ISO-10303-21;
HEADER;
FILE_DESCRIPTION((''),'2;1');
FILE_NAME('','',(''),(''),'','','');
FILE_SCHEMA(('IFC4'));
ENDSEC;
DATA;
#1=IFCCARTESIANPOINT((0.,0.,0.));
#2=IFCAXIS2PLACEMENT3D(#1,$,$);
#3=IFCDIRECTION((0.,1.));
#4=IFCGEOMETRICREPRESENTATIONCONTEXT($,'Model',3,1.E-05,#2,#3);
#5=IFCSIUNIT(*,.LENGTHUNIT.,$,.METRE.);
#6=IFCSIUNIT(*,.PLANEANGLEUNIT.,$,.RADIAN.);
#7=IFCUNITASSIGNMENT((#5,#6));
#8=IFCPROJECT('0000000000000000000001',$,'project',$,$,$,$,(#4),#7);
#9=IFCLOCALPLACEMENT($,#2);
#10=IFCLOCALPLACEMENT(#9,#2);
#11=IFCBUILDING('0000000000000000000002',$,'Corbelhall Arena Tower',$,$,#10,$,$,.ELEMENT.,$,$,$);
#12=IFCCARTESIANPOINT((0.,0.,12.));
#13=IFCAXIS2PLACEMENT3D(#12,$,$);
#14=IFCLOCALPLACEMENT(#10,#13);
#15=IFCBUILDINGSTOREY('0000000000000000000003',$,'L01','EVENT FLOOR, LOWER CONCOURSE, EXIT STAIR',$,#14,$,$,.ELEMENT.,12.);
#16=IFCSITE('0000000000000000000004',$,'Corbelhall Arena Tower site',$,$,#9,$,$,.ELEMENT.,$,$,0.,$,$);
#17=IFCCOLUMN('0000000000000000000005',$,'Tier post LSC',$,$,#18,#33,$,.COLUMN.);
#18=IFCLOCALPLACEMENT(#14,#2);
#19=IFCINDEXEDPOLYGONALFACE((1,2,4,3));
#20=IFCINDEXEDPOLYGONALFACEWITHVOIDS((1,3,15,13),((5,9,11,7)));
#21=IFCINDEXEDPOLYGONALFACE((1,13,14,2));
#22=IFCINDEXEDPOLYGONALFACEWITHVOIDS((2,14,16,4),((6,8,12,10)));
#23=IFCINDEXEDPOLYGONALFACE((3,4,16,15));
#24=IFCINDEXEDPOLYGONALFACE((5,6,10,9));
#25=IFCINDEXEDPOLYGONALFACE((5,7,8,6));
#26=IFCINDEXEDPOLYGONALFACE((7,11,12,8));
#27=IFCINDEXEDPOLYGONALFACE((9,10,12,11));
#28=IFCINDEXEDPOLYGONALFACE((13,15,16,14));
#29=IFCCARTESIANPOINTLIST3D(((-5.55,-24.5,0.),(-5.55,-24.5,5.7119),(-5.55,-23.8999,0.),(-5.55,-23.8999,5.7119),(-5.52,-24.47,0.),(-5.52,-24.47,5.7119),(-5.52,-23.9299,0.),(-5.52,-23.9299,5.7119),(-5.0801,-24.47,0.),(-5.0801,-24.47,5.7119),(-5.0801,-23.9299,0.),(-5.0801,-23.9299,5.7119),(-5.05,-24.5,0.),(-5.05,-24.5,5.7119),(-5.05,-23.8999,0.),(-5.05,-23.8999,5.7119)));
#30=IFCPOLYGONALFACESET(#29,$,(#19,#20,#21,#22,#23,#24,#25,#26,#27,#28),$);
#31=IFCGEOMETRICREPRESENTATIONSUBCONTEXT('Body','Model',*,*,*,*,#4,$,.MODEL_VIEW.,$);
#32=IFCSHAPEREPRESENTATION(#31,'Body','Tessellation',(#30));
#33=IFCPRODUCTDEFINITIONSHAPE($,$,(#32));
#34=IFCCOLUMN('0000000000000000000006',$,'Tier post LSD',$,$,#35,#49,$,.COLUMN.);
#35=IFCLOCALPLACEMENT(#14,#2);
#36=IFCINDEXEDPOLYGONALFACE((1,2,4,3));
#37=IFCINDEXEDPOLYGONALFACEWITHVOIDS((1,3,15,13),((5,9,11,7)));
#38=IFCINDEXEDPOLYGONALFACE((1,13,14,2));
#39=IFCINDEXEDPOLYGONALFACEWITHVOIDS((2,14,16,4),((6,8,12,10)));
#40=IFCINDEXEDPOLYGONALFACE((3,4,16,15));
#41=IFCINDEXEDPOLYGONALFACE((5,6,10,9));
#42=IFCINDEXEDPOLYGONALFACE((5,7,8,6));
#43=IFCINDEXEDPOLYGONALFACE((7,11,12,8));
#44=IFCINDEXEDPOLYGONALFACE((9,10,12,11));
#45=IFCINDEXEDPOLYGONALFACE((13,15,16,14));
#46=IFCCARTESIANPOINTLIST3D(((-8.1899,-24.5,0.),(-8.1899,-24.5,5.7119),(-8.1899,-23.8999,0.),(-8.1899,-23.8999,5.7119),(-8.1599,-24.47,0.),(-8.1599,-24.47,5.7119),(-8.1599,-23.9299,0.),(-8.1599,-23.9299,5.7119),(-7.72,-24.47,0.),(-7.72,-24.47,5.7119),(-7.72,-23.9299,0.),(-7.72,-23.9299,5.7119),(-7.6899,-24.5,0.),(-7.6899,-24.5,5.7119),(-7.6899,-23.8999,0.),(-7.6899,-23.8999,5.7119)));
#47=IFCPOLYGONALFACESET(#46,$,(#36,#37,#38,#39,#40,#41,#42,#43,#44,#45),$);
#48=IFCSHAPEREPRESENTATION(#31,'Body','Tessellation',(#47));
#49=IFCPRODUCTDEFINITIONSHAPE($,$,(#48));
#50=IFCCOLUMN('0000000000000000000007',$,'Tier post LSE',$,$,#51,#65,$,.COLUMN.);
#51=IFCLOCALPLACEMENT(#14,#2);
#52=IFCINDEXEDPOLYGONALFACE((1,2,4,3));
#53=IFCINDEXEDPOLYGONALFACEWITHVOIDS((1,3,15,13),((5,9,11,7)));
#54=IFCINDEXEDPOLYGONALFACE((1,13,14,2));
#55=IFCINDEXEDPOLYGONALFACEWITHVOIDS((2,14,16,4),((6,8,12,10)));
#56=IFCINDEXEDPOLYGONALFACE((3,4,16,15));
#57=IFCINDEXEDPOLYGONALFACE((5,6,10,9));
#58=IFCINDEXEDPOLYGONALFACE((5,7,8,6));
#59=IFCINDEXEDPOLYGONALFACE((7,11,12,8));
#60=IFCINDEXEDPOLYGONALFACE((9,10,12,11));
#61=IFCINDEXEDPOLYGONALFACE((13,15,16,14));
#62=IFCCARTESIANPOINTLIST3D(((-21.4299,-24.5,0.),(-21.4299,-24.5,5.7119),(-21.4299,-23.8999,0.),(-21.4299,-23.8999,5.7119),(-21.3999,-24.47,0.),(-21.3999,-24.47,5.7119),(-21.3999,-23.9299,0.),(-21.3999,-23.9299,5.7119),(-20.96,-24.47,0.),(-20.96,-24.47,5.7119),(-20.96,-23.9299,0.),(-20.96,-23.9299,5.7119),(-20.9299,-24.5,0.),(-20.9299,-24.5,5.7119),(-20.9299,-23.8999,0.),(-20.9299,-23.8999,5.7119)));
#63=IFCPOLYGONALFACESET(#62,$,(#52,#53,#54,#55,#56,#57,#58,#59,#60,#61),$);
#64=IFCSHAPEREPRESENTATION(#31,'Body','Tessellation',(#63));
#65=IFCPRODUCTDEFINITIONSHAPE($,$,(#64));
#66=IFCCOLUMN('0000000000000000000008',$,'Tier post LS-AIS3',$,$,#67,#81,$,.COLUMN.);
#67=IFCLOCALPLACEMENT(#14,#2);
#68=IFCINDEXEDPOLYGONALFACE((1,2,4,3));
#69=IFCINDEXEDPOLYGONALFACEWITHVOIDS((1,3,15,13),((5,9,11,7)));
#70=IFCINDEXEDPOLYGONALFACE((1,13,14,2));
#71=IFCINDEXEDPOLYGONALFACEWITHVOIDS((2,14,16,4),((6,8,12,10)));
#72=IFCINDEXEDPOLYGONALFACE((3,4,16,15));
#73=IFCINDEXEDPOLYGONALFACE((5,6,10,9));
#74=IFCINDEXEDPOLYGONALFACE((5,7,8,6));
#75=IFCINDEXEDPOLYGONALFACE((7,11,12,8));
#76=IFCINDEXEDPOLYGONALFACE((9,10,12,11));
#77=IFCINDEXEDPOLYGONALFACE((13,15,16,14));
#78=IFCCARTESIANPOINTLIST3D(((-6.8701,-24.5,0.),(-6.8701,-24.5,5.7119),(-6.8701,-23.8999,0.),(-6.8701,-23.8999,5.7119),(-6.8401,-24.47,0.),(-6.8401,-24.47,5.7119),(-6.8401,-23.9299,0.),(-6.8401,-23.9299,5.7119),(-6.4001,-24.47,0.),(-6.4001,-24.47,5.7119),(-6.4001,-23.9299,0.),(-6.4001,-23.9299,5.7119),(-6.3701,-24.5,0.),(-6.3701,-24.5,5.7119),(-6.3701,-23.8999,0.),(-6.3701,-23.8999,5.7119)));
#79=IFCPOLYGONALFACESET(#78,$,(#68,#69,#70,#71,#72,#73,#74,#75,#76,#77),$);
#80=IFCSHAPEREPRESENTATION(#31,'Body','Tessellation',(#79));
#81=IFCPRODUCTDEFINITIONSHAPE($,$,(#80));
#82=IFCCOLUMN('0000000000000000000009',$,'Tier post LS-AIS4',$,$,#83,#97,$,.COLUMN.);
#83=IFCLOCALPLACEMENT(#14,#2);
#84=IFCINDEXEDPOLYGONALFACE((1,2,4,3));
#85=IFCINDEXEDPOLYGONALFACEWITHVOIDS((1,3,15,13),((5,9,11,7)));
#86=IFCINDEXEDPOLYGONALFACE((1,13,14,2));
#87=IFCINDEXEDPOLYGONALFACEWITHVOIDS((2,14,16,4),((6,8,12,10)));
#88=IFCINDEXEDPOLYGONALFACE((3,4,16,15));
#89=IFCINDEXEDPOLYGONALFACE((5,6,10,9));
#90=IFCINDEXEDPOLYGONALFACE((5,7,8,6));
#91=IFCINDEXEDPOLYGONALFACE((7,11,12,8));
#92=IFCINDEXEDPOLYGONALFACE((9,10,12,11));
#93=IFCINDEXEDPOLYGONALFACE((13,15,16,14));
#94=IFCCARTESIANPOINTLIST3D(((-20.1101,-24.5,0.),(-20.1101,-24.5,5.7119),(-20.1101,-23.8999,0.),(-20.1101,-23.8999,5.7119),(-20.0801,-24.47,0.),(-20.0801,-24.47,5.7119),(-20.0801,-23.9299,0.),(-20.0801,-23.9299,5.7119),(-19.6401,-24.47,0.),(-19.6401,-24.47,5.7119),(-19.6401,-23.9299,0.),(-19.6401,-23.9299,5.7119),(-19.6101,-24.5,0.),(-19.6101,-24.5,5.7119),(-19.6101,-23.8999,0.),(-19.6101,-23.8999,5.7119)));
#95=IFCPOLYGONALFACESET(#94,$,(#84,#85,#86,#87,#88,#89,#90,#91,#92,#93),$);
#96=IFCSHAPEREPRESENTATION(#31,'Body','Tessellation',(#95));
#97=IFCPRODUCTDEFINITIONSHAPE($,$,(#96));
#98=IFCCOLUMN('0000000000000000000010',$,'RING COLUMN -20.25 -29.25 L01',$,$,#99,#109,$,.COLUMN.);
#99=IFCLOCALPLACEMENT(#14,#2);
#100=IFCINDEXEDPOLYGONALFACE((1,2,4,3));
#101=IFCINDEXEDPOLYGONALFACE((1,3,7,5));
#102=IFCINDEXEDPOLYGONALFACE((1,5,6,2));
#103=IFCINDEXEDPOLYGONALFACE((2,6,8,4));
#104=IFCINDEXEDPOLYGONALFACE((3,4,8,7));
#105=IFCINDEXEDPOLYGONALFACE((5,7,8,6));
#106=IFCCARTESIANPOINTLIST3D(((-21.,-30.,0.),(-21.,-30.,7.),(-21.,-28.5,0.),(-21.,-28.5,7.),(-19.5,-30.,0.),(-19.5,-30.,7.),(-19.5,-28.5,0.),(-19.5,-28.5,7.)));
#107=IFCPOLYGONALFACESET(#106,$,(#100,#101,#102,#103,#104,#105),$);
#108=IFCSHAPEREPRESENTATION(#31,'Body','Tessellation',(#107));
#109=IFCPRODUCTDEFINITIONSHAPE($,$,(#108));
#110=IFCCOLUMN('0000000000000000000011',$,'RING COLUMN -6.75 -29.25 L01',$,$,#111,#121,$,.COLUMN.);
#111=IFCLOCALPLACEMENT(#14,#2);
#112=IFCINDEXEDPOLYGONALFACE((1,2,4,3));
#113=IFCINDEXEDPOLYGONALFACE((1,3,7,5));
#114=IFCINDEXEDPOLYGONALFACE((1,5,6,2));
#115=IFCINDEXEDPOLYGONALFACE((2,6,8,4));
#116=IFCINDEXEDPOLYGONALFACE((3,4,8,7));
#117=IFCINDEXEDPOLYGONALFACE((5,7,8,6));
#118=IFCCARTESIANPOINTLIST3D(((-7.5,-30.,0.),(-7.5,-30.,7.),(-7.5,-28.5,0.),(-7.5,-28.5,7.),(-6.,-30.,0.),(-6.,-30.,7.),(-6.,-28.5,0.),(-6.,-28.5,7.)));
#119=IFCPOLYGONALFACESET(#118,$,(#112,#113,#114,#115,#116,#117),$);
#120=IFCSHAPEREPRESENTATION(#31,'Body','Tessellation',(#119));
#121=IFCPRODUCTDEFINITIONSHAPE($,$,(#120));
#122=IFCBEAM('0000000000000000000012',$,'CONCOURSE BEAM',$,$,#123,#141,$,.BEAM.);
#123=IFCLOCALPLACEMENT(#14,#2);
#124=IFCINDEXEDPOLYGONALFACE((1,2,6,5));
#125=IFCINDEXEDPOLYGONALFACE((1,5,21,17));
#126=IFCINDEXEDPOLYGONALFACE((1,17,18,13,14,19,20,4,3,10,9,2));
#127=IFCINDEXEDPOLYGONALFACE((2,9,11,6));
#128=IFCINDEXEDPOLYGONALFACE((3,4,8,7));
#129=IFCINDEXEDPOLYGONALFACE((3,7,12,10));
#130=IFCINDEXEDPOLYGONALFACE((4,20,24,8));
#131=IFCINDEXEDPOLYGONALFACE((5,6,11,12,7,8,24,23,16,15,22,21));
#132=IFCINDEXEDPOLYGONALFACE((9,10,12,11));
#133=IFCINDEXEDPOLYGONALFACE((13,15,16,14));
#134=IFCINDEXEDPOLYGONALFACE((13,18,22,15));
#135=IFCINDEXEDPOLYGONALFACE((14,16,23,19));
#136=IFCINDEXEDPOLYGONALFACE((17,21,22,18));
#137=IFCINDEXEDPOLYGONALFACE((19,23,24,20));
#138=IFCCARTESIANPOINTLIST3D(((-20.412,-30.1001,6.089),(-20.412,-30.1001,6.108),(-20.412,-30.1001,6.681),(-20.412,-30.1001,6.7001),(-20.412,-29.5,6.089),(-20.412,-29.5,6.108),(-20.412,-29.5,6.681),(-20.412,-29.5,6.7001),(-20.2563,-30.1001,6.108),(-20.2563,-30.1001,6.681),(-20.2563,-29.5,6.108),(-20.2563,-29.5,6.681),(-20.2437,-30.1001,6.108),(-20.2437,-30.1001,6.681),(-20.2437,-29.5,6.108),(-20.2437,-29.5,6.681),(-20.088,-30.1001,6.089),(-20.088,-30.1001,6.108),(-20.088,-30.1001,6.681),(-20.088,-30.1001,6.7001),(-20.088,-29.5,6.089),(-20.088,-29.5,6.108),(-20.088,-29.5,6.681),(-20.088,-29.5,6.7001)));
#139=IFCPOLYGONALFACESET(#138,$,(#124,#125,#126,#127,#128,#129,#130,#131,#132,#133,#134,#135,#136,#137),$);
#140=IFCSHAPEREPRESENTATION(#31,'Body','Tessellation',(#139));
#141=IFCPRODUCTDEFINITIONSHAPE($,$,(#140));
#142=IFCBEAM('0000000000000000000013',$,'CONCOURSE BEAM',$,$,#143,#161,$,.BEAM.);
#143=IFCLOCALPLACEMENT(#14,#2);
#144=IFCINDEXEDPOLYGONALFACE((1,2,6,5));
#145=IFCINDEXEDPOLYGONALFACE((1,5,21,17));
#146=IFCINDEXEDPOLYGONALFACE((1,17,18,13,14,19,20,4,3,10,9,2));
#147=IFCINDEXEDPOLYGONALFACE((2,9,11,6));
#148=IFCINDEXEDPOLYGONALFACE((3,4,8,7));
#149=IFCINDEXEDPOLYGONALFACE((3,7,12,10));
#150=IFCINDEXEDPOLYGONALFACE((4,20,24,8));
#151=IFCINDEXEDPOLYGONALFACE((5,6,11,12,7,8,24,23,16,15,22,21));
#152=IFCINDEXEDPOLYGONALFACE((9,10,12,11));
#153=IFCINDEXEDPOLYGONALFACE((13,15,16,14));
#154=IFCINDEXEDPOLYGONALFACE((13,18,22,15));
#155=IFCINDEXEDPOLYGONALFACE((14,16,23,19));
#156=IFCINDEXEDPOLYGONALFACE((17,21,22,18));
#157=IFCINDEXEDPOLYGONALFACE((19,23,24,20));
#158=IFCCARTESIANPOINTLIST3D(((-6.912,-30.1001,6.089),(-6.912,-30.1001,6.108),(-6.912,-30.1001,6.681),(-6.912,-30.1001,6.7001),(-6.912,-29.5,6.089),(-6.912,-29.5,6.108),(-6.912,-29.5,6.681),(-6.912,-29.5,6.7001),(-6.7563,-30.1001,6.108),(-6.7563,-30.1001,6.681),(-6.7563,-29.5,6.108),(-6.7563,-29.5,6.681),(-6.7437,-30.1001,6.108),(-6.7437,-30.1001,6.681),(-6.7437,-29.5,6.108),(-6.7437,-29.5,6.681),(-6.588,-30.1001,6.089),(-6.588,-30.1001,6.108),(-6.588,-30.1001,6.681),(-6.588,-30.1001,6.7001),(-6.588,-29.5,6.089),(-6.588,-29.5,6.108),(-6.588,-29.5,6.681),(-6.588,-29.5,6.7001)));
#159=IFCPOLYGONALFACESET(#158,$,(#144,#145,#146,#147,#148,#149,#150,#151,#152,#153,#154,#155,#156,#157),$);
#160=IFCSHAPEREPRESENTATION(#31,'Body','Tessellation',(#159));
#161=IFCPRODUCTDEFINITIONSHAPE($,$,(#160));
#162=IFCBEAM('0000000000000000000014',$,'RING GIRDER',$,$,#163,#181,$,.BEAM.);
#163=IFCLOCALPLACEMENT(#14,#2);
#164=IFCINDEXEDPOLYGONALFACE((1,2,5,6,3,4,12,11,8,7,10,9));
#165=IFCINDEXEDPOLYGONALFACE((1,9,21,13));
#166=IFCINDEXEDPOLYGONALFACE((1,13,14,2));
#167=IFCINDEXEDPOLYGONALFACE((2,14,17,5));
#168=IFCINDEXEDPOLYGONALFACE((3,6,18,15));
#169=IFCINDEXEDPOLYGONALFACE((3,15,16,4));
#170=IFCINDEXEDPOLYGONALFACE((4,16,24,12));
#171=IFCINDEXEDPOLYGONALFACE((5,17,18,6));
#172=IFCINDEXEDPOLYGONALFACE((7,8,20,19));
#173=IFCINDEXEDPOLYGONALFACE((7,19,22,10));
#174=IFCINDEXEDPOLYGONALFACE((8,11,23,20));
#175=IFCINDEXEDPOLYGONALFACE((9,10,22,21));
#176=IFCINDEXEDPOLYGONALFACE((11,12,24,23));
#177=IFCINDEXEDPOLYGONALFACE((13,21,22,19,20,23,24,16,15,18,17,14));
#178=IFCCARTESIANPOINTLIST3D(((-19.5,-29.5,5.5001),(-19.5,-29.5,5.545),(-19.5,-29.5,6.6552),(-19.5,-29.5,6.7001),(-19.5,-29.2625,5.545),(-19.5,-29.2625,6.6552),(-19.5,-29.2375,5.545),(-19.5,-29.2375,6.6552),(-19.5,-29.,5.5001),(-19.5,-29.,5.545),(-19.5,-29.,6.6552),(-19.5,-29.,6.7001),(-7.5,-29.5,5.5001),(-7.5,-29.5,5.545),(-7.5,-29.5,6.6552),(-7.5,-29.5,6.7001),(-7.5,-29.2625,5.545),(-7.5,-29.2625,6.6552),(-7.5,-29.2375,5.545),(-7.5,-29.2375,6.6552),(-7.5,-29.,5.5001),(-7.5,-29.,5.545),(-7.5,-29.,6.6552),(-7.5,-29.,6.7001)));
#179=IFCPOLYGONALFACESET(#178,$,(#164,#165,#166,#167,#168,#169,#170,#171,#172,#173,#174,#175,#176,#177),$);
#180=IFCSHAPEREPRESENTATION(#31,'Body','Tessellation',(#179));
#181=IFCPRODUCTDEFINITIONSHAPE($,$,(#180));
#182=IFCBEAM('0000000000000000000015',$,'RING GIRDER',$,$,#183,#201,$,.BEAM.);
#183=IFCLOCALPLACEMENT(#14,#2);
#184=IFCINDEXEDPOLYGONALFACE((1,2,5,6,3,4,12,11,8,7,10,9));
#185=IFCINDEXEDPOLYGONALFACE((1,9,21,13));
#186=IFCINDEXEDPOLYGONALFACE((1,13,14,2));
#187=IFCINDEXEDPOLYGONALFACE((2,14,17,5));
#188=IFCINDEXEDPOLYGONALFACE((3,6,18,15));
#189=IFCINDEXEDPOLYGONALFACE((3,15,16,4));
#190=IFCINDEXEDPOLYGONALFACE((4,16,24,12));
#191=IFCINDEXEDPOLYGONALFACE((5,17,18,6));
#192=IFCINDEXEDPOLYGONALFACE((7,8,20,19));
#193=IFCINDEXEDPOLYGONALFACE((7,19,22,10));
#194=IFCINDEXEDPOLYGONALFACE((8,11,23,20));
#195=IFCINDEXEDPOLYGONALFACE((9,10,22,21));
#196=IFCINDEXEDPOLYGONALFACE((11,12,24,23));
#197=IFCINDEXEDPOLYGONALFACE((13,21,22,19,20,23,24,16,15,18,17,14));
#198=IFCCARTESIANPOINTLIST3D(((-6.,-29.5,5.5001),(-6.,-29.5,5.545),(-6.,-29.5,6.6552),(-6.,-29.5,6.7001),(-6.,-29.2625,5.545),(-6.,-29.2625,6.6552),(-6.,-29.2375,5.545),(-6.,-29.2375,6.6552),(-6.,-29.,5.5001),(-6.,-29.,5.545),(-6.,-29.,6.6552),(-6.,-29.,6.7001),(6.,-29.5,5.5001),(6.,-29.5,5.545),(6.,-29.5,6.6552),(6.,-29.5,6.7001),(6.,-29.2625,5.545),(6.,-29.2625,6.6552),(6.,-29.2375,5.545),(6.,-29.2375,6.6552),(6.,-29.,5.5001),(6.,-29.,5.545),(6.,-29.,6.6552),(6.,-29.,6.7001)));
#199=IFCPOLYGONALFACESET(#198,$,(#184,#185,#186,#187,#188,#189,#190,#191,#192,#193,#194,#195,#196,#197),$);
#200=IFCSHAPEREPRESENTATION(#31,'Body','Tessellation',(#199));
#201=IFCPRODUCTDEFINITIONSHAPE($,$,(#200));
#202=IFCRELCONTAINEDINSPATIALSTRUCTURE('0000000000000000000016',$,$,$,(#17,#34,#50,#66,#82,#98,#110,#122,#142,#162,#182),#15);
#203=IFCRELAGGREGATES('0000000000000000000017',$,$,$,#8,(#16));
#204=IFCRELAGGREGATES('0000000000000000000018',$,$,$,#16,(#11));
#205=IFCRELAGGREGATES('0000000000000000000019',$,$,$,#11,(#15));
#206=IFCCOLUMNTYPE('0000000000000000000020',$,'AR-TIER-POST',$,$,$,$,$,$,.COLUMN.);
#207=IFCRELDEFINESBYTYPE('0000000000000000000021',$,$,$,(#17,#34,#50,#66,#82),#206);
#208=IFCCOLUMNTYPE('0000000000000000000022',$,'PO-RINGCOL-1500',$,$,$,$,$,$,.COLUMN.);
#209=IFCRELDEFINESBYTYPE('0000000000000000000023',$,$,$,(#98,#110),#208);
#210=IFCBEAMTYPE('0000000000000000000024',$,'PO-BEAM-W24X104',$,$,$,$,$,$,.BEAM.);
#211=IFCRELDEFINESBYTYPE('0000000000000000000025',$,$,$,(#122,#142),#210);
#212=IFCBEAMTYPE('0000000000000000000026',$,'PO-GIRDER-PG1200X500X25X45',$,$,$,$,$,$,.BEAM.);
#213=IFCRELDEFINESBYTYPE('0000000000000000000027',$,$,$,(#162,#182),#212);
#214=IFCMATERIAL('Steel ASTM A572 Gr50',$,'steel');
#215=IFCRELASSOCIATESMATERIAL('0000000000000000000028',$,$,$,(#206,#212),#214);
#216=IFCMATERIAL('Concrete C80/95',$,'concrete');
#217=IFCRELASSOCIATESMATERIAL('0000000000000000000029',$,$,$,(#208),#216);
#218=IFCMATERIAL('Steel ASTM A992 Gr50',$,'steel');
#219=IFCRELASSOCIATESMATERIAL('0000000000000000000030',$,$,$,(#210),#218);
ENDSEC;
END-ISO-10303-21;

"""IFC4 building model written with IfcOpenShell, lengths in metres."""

from ifc_helpers import new_model, si_unit, direction, frame, origin, origin_2d, place, context, subcontext, project, spatial, rectangle, hollow_rectangle, i_section, extrude, material, material_profile, profile_set, type_object, element, save


model = new_model("IFC4")

# Units and contexts
model_context = context("Model", 3, precision=1e-05, world=origin(), true_north=direction((0.0, 1.0)))
body_context = subcontext(model_context, "Body", "Model", "MODEL_VIEW")
ifc_project = project(units=[si_unit("LENGTHUNIT", "METRE"), si_unit("PLANEANGLEUNIT", "RADIAN")], contexts=[model_context])

# Site, building, storey
site_placement = place(None, origin())
site = spatial("IfcSite", under=ifc_project, at=site_placement, Name="Corbelhall Arena Tower site", CompositionType="ELEMENT", RefElevation=0.0)
building_placement = place(site_placement, origin())
building = spatial("IfcBuilding", under=site, at=building_placement, Name="Corbelhall Arena Tower", CompositionType="ELEMENT")
storey_placement = place(building_placement, frame((0.0, 0.0, 12.0)))
storey = spatial("IfcBuildingStorey", under=building, at=storey_placement, Name="L01", Description="EVENT FLOOR, LOWER CONCOURSE, EXIT STAIR", CompositionType="ELEMENT", Elevation=12.0)

# Columns
ifc_material_1 = material(Name="Steel ASTM A572 Gr50", Category="steel")
ifc_material_profile_1 = material_profile(ifc_material_1, hollow_rectangle(XDim=0.5, YDim=0.6001, WallThickness=0.03, at=origin_2d()))
ifc_profile_set_1 = profile_set([ifc_material_profile_1], Name="Steel ASTM A572 Gr50")
column_type_1 = type_object("IfcColumnType", Name="AR-TIER-POST", PredefinedType="COLUMN", material=ifc_profile_set_1)
for number, where, z_axis, x_axis, name in (
    (1, (-5.3, -24.2, 0.0), (0.0, 0.0, 1.0), (1.0, 0.0, 0.0), "Tier post LSC"),
    (2, (-7.9399, -24.2, 0.0), (0.0, 0.0, 1.0), (1.0, 0.0, 0.0), "Tier post LSD"),
    (3, (-21.1799, -24.2, 0.0), (0.0, 0.0, 1.0), (1.0, 0.0, 0.0), "Tier post LSE"),
    (4, (-6.6201, -24.2, 0.0), (0.0, 0.0, 1.0), (1.0, 0.0, 0.0), "Tier post LS-AIS3"),
    (5, (-19.8601, -24.2, 0.0), (0.0, 0.0, 1.0), (1.0, 0.0, 0.0), "Tier post LS-AIS4"),
):
    element("IfcColumn", number, at=place(storey_placement, frame(where, z_axis=z_axis, x_axis=x_axis)), inside=storey, type_object=column_type_1, Name=name, PredefinedType="COLUMN", context=body_context, shape_type="SweptSolid", body=[
        extrude(hollow_rectangle(XDim=0.5, YDim=0.6001, WallThickness=0.03, at=origin_2d()), origin(), (0.0, 0.0, 1.0), 5.7119),
    ])
ifc_material_2 = material(Name="Concrete C80/95", Category="concrete")
ifc_material_profile_2 = material_profile(ifc_material_2, rectangle(XDim=1.5, YDim=1.5, at=origin_2d()))
ifc_profile_set_2 = profile_set([ifc_material_profile_2], Name="Concrete C80/95")
column_type_2 = type_object("IfcColumnType", Name="PO-RINGCOL-1500", PredefinedType="COLUMN", material=ifc_profile_set_2)
for number, where, z_axis, x_axis, name in (
    (6, (-20.25, -29.25, 0.0), (0.0, 0.0, 1.0), (1.0, 0.0, 0.0), "RING COLUMN -20.25 -29.25 L01"),
    (7, (-6.75, -29.25, 0.0), (0.0, 0.0, 1.0), (1.0, 0.0, 0.0), "RING COLUMN -6.75 -29.25 L01"),
):
    element("IfcColumn", number, at=place(storey_placement, frame(where, z_axis=z_axis, x_axis=x_axis)), inside=storey, type_object=column_type_2, Name=name, PredefinedType="COLUMN", context=body_context, shape_type="SweptSolid", body=[
        extrude(rectangle(XDim=1.5, YDim=1.5, at=origin_2d()), origin(), (0.0, 0.0, 1.0), 7.0),
    ])

# Beams
ifc_material_3 = material(Name="Steel ASTM A992 Gr50", Category="steel")
ifc_material_profile_3 = material_profile(ifc_material_3, i_section(OverallWidth=0.324, OverallDepth=0.6111, WebThickness=0.0127, FlangeThickness=0.019, at=origin_2d()))
ifc_profile_set_3 = profile_set([ifc_material_profile_3], Name="Steel ASTM A992 Gr50")
beam_type_1 = type_object("IfcBeamType", Name="PO-BEAM-W24X104", PredefinedType="BEAM", material=ifc_profile_set_3)
for number, where, z_axis, x_axis, name in (
    (8, (-20.25, -29.5, 6.3945), (0.0, -1.0, 0.0), (1.0, 0.0, 0.0), "CONCOURSE BEAM"),
    (9, (-6.75, -29.5, 6.3945), (0.0, -1.0, 0.0), (1.0, 0.0, 0.0), "CONCOURSE BEAM"),
):
    element("IfcBeam", number, at=place(storey_placement, frame(where, z_axis=z_axis, x_axis=x_axis)), inside=storey, type_object=beam_type_1, Name=name, PredefinedType="BEAM", context=body_context, shape_type="SweptSolid", body=[
        extrude(i_section(OverallWidth=0.324, OverallDepth=0.6111, WebThickness=0.0127, FlangeThickness=0.019, at=origin_2d()), origin(), (0.0, 0.0, 1.0), 0.6001),
    ])
ifc_material_profile_4 = material_profile(ifc_material_1, i_section(OverallWidth=0.5, OverallDepth=1.2, WebThickness=0.0249, FlangeThickness=0.0449, at=origin_2d()))
ifc_profile_set_4 = profile_set([ifc_material_profile_4], Name="Steel ASTM A572 Gr50")
beam_type_2 = type_object("IfcBeamType", Name="PO-GIRDER-PG1200X500X25X45", PredefinedType="BEAM", material=ifc_profile_set_4)
for number, where, z_axis, x_axis, name in (
    (10, (-19.5, -29.25, 6.1001), (1.0, 0.0, 0.0), (0.0, 1.0, 0.0), "RING GIRDER"),
    (11, (-6.0, -29.25, 6.1001), (1.0, 0.0, 0.0), (0.0, 1.0, 0.0), "RING GIRDER"),
):
    element("IfcBeam", number, at=place(storey_placement, frame(where, z_axis=z_axis, x_axis=x_axis)), inside=storey, type_object=beam_type_2, Name=name, PredefinedType="BEAM", context=body_context, shape_type="SweptSolid", body=[
        extrude(i_section(OverallWidth=0.5, OverallDepth=1.2, WebThickness=0.0249, FlangeThickness=0.0449, at=origin_2d()), origin(), (0.0, 0.0, 1.0), 12.0),
    ])

save(model, "model.ifc")
